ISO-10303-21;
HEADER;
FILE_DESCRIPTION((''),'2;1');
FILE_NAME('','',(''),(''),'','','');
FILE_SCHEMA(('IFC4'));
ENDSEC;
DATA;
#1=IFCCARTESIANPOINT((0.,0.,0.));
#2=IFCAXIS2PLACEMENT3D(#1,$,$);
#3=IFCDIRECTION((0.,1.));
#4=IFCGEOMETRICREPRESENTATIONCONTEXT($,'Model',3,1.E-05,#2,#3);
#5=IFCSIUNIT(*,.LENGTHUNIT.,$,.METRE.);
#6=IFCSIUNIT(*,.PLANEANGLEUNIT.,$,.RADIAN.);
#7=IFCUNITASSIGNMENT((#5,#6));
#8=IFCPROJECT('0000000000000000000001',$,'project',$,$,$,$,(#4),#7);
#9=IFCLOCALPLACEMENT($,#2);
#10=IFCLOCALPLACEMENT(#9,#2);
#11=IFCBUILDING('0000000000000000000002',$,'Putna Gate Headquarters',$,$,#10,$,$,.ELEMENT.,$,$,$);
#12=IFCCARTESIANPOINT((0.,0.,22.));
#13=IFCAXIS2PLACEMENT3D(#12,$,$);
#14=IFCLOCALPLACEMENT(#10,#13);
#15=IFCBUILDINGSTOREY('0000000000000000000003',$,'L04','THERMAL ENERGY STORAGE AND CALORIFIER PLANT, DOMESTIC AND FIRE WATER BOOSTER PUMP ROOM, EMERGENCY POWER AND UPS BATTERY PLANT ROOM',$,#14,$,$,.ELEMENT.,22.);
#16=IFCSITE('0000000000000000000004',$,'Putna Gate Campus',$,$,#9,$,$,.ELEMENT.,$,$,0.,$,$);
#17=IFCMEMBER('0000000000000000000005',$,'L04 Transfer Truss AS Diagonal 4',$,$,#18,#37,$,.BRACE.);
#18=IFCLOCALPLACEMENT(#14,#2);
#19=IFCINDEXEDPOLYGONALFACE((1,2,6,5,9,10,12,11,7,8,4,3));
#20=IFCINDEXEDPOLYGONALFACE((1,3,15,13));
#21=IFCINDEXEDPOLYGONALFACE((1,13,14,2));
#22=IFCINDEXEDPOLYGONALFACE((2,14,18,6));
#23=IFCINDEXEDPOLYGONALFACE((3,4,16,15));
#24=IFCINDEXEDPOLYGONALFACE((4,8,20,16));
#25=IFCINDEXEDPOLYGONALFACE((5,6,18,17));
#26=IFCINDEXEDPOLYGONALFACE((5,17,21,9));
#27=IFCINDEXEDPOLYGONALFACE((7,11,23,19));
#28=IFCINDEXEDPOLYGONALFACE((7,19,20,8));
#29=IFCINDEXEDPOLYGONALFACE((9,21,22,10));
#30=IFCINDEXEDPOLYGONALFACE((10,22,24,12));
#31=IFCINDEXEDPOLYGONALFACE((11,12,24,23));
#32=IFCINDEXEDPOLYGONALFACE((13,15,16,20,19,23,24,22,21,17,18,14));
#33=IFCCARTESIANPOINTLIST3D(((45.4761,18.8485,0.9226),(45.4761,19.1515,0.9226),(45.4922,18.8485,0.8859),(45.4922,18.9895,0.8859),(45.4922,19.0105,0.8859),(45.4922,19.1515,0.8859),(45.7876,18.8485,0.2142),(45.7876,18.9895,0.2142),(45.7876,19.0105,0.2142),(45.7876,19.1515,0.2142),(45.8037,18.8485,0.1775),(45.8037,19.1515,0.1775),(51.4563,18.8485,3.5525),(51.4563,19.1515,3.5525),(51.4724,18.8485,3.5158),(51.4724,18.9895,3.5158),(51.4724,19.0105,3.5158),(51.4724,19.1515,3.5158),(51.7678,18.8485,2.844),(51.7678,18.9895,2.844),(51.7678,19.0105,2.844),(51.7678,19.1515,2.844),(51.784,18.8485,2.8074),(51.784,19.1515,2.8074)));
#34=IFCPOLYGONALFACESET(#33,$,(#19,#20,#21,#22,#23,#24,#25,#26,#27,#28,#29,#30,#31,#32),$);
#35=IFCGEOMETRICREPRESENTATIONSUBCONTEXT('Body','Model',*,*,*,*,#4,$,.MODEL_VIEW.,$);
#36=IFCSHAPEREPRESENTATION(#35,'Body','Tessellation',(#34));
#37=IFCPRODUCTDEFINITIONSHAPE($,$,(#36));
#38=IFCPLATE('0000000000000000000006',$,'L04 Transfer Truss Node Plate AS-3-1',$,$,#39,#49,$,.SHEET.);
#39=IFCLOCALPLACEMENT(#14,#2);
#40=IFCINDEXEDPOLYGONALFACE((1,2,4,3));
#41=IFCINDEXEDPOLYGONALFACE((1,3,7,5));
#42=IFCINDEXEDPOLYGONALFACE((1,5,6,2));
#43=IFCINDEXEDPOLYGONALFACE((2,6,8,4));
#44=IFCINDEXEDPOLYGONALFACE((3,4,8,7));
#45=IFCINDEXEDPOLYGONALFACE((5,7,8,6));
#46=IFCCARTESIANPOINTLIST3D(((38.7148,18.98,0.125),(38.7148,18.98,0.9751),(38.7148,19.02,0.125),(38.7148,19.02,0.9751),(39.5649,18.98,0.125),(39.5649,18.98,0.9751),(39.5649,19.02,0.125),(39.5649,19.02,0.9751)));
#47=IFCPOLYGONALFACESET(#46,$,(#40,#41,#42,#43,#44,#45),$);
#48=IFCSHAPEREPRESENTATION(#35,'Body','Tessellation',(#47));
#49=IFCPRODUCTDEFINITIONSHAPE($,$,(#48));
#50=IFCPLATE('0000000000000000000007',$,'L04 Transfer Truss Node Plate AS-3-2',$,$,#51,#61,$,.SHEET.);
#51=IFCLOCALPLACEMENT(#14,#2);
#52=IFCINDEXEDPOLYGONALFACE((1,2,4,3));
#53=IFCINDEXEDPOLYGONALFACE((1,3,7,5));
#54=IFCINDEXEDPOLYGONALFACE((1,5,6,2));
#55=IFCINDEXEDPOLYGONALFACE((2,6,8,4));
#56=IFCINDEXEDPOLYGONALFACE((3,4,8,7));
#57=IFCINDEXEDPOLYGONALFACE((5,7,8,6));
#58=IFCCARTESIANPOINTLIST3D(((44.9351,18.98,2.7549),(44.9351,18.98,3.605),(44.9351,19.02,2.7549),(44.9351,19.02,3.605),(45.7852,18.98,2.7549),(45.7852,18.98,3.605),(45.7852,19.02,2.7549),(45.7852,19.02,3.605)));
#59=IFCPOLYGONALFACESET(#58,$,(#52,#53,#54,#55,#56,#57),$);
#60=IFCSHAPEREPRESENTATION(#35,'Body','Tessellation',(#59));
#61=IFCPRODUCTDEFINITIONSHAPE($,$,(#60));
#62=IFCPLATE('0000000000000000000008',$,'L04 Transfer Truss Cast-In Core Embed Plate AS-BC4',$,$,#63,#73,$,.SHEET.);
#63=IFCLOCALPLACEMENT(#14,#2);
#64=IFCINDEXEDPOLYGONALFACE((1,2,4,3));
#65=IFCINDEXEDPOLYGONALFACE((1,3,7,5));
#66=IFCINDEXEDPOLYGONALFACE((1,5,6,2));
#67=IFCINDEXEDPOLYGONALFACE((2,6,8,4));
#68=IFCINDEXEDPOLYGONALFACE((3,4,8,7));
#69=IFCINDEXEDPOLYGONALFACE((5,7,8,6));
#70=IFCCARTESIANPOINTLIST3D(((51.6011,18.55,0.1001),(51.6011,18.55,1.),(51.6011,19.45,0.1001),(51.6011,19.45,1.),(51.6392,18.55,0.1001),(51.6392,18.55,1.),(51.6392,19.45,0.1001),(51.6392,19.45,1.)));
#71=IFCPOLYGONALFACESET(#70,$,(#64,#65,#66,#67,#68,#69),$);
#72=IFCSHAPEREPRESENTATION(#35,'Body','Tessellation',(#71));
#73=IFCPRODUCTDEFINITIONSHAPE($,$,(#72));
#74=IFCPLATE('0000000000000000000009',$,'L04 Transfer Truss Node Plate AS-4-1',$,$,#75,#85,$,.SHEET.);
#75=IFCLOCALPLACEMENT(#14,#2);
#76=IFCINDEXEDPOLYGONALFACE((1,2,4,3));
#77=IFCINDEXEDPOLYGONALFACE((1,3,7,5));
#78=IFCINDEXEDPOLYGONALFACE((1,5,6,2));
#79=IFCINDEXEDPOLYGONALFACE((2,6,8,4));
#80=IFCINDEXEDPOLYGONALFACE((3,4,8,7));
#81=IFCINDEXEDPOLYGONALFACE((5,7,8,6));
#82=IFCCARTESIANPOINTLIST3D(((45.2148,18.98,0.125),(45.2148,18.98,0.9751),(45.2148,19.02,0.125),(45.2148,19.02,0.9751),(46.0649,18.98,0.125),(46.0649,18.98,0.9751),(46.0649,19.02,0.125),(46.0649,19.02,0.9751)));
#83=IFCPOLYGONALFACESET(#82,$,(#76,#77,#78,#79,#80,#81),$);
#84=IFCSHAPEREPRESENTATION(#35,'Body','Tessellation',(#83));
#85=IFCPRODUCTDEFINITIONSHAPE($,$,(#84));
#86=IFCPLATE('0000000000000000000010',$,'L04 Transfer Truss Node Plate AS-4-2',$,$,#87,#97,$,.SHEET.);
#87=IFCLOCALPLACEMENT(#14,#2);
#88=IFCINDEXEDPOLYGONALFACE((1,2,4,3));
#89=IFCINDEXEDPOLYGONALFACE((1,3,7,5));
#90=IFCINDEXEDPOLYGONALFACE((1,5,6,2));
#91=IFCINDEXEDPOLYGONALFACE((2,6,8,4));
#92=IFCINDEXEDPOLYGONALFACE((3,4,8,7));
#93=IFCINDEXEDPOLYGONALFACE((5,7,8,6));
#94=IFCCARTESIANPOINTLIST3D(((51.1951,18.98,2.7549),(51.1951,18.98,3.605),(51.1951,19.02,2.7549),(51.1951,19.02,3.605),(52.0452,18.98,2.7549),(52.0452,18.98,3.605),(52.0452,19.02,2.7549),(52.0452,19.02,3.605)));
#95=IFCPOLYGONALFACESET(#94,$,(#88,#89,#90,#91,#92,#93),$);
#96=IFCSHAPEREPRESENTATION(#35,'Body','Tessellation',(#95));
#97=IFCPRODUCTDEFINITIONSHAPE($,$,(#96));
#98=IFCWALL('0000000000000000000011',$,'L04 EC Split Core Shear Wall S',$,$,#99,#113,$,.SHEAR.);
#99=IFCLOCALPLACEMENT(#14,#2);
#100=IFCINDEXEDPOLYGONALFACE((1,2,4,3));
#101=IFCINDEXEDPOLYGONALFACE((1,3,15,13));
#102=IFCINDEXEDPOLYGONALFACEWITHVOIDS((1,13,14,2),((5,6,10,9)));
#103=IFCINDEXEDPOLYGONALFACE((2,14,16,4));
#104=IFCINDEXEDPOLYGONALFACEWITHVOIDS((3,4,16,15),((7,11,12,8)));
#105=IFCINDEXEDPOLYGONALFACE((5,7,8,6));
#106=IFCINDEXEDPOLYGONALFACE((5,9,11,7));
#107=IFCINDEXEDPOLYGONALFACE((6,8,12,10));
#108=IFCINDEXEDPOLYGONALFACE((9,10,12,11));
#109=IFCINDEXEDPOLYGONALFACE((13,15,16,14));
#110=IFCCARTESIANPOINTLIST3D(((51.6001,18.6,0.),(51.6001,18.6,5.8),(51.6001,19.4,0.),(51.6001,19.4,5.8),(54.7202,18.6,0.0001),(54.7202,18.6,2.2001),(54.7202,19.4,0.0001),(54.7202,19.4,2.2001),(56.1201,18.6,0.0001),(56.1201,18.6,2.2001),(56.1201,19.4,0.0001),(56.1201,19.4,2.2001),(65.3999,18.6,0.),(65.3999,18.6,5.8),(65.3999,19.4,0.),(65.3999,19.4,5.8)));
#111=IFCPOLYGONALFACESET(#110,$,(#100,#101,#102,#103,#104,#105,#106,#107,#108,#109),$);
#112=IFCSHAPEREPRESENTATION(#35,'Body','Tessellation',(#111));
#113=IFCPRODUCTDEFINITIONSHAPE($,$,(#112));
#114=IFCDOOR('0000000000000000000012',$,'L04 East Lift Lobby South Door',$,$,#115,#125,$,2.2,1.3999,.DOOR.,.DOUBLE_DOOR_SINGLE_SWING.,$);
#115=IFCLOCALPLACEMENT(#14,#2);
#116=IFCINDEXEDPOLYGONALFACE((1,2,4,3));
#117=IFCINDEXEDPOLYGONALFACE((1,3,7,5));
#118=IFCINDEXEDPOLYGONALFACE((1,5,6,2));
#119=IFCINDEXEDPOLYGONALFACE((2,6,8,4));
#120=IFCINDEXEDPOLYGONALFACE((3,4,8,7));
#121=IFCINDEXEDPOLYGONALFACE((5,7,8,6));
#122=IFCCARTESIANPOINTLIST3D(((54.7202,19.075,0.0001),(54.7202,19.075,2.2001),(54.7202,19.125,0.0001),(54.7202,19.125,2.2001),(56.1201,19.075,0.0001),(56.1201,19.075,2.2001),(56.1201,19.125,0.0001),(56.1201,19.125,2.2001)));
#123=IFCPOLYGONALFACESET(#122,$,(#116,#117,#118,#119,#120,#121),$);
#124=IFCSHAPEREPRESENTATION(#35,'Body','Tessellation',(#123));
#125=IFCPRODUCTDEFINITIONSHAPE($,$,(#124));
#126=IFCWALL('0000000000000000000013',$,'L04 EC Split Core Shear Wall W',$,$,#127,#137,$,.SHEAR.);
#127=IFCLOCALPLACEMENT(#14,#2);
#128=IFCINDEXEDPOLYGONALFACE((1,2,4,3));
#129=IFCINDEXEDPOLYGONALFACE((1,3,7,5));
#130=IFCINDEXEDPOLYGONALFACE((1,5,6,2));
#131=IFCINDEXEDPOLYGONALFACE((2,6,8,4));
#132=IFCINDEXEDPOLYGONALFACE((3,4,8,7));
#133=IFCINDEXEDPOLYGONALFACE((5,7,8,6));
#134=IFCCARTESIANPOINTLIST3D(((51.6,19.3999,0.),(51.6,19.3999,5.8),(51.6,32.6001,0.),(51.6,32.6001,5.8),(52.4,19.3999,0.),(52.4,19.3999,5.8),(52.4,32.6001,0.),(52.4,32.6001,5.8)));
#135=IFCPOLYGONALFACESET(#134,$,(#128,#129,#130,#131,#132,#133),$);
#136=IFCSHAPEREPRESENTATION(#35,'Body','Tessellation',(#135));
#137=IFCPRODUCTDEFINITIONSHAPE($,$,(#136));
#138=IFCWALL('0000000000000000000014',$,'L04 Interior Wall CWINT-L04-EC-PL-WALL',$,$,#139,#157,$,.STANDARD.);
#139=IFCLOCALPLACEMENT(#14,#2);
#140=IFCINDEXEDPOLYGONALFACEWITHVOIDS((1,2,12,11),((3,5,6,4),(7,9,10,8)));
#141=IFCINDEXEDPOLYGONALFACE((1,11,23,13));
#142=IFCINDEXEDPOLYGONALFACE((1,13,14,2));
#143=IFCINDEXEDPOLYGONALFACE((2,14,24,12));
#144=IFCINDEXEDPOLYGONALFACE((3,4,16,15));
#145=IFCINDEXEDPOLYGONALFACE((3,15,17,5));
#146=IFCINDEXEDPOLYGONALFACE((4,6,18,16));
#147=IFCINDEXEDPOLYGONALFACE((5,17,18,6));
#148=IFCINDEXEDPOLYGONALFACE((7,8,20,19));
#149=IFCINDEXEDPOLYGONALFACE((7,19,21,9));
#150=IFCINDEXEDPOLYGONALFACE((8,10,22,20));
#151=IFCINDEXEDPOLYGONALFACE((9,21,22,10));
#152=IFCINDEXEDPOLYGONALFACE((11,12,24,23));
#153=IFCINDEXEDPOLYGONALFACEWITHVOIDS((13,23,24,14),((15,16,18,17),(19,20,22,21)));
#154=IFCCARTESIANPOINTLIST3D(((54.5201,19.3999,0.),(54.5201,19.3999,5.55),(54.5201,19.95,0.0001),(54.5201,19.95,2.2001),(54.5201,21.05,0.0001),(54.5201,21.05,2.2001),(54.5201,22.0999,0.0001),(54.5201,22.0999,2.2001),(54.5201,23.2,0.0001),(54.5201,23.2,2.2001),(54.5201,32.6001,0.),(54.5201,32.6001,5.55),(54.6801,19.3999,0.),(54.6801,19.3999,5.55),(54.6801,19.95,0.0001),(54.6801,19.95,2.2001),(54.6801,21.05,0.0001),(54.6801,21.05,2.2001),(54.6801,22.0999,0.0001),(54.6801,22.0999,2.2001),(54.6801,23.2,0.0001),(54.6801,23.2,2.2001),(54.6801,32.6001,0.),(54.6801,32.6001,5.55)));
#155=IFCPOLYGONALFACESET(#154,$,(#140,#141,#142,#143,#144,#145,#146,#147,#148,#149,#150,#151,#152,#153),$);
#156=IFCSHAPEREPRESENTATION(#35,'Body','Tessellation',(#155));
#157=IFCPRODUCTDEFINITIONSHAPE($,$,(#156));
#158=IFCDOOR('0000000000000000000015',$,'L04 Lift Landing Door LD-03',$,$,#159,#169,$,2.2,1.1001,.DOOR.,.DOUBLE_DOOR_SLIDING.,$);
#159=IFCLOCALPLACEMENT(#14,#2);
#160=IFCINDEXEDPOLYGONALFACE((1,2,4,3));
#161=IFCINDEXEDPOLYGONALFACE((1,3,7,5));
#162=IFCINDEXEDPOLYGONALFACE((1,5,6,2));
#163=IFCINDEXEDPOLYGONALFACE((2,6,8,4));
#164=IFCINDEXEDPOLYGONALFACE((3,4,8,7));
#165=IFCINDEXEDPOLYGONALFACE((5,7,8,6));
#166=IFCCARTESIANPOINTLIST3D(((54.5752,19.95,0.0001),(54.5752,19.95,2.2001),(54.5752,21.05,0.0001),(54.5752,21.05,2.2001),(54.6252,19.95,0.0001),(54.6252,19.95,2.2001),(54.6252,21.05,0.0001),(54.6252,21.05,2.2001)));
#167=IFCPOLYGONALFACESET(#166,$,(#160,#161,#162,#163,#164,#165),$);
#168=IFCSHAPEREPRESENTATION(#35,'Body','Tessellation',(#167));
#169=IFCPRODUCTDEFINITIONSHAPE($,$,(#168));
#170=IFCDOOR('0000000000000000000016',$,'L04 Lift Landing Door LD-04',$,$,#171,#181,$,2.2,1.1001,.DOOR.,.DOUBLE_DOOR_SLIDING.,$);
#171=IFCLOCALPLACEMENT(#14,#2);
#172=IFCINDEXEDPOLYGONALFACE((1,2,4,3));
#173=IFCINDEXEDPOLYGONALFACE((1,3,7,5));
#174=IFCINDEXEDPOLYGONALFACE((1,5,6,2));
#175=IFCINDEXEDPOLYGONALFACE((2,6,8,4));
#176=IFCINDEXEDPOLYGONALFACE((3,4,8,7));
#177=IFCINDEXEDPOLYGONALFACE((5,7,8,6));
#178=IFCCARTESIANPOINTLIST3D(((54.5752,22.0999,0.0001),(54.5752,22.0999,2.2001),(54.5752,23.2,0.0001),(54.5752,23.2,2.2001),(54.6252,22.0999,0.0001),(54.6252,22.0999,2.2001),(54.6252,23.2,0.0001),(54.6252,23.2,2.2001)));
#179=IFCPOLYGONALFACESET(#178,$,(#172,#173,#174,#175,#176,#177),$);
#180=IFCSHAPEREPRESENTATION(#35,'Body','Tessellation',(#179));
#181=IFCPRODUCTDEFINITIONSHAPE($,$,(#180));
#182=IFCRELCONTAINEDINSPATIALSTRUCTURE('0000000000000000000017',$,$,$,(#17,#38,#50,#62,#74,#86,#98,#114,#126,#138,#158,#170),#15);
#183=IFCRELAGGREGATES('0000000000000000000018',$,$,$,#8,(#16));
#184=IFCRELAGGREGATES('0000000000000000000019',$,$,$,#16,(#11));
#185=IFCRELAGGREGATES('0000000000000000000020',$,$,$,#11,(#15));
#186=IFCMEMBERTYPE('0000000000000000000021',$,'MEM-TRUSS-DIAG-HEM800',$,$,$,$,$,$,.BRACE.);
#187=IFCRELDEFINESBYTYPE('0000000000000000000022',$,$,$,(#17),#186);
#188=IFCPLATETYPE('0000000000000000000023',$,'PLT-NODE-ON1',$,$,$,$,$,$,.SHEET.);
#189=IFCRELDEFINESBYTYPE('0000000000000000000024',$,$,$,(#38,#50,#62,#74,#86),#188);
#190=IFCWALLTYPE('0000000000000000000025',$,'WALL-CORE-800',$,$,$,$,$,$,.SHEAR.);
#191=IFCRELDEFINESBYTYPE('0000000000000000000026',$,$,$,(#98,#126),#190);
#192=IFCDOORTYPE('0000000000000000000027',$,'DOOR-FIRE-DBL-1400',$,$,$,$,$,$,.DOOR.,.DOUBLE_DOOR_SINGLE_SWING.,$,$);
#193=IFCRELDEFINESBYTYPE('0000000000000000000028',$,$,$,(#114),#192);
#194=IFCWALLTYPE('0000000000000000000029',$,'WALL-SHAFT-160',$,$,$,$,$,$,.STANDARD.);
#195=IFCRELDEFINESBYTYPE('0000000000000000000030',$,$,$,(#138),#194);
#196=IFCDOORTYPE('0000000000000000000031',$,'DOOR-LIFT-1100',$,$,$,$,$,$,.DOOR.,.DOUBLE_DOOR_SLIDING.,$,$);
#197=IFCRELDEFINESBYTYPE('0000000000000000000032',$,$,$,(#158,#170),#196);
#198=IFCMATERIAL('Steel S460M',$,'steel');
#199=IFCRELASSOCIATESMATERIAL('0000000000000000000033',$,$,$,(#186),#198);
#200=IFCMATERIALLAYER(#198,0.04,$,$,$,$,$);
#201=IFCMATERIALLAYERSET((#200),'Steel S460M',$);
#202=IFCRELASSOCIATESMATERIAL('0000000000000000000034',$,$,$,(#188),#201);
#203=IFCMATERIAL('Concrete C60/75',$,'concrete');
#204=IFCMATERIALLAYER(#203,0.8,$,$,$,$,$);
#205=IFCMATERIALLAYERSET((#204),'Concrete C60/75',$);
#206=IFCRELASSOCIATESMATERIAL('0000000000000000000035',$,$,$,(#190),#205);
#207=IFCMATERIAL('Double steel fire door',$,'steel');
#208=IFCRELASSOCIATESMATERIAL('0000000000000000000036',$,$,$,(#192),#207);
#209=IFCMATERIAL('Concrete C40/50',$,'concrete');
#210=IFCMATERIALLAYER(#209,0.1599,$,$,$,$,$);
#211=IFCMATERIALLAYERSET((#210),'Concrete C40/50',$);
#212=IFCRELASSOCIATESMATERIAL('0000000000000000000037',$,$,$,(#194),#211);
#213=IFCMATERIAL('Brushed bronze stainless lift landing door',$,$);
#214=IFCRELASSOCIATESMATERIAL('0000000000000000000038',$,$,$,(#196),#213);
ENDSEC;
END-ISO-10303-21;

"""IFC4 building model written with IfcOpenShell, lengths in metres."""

from ifc_helpers import new_model, si_unit, direction, frame, frame_2d, origin, origin_2d, place, context, subcontext, project, spatial, rectangle, i_section, extrude, material, layer, layer_set, material_profile, profile_set, type_object, element, fill, save


model = new_model("IFC4")

# Units and contexts
model_context = context("Model", 3, precision=1e-05, world=origin(), true_north=direction((0.0, 1.0)))
body_context = subcontext(model_context, "Body", "Model", "MODEL_VIEW")
ifc_project = project(units=[si_unit("LENGTHUNIT", "METRE"), si_unit("PLANEANGLEUNIT", "RADIAN")], contexts=[model_context])

# Site, building, storey
site_placement = place(None, origin())
site = spatial("IfcSite", under=ifc_project, at=site_placement, Name="Putna Gate Campus", CompositionType="ELEMENT", RefElevation=0.0)
building_placement = place(site_placement, origin())
building = spatial("IfcBuilding", under=site, at=building_placement, Name="Putna Gate Headquarters", CompositionType="ELEMENT")
storey_placement = place(building_placement, frame((0.0, 0.0, 22.0)))
storey = spatial("IfcBuildingStorey", under=building, at=storey_placement, Name="L04", Description="THERMAL ENERGY STORAGE AND CALORIFIER PLANT, DOMESTIC AND FIRE WATER BOOSTER PUMP ROOM, EMERGENCY POWER AND UPS BATTERY PLANT ROOM", CompositionType="ELEMENT", Elevation=22.0)

# Shared definitions
ifc_material_1 = material(Name="Concrete C60/75", Category="concrete")
ifc_material_2 = material(Name="Steel S460M", Category="steel")

# Member
ifc_material_profile_1 = material_profile(ifc_material_2, i_section(OverallWidth=0.303, OverallDepth=0.814, WebThickness=0.021, FlangeThickness=0.04, at=origin_2d()), Name="Steel S460M")
ifc_profile_set_1 = profile_set([ifc_material_profile_1], Name="Steel S460M")
member_type = type_object("IfcMemberType", Name="MEM-TRUSS-DIAG-HEM800", PredefinedType="BRACE", material=ifc_profile_set_1)
member_1_placement = place(storey_placement, frame((45.6399, 19.0, 0.55), z_axis=(0.915395, 0.0, 0.402557), x_axis=(0.0, 1.0, 0.0)))
element("IfcMember", 1, at=member_1_placement, inside=storey, type_object=member_type, Name="L04 Transfer Truss AS Diagonal 4", PredefinedType="BRACE", context=body_context, shape_type="SweptSolid", body=[
    extrude(i_section(OverallWidth=0.303, OverallDepth=0.814, WebThickness=0.021, FlangeThickness=0.04, at=origin_2d()), origin(), (0.0, 0.0, 1.0), 6.533),
])

# Plates
ifc_layer_1 = layer(ifc_material_2, 0.04)
ifc_layer_set_1 = layer_set([ifc_layer_1], Name="Steel S460M")
plate_type = type_object("IfcPlateType", Name="PLT-NODE-ON1", PredefinedType="SHEET", material=ifc_layer_set_1)
for number, where, z_axis, x_axis, name in (
    (2, (39.1399, 19.0, 0.125), (0.0, 0.0, 1.0), (1.0, 0.0, 0.0), "L04 Transfer Truss Node Plate AS-3-1"),
    (3, (45.3601, 19.0, 2.7549), (0.0, 0.0, 1.0), (1.0, 0.0, 0.0), "L04 Transfer Truss Node Plate AS-3-2"),
):
    element("IfcPlate", number, at=place(storey_placement, frame(where, z_axis=z_axis, x_axis=x_axis)), inside=storey, type_object=plate_type, Name=name, PredefinedType="SHEET", context=body_context, shape_type="SweptSolid", body=[
        extrude(rectangle(XDim=0.8501, YDim=0.04, at=origin_2d()), origin(), (0.0, 0.0, 1.0), 0.8501),
    ])
plate_placement = place(storey_placement, frame((51.6201, 19.0, 0.1001), z_axis=(0.0, 0.0, 1.0), x_axis=(1.0, 0.0, 0.0)))
element("IfcPlate", 4, at=plate_placement, inside=storey, type_object=plate_type, Name="L04 Transfer Truss Cast-In Core Embed Plate AS-BC4", PredefinedType="SHEET", context=body_context, shape_type="SweptSolid", body=[
    extrude(rectangle(XDim=0.0381, YDim=0.8999, at=origin_2d()), origin(), (0.0, 0.0, 1.0), 0.8999),
])
for number, where, z_axis, x_axis, name in (
    (5, (45.6399, 19.0, 0.125), (0.0, 0.0, 1.0), (1.0, 0.0, 0.0), "L04 Transfer Truss Node Plate AS-4-1"),
    (6, (51.6201, 19.0, 2.7549), (0.0, 0.0, 1.0), (1.0, 0.0, 0.0), "L04 Transfer Truss Node Plate AS-4-2"),
):
    element("IfcPlate", number, at=place(storey_placement, frame(where, z_axis=z_axis, x_axis=x_axis)), inside=storey, type_object=plate_type, Name=name, PredefinedType="SHEET", context=body_context, shape_type="SweptSolid", body=[
        extrude(rectangle(XDim=0.8501, YDim=0.04, at=origin_2d()), origin(), (0.0, 0.0, 1.0), 0.8501),
    ])

# Wall, opening, door
ifc_layer_2 = layer(ifc_material_1, 0.8)
ifc_layer_set_2 = layer_set([ifc_layer_2], Name="Concrete C60/75")
wall_type_1 = type_object("IfcWallType", Name="WALL-CORE-800", PredefinedType="SHEAR", material=ifc_layer_set_2)
wall_1_placement = place(storey_placement, frame((51.6001, 19.0, 0.0), z_axis=(0.0, 0.0, 1.0), x_axis=(1.0, 0.0, 0.0)))
wall_1 = element("IfcWall", 7, at=wall_1_placement, inside=storey, type_object=wall_type_1, Name="L04 EC Split Core Shear Wall S", PredefinedType="SHEAR", context=body_context, shape_type="SweptSolid", body=[
    extrude(rectangle(XDim=13.7998, YDim=0.8, at=frame_2d((6.8999, 0.0))), origin(), (0.0, 0.0, 1.0), 5.8),
])
opening_1_placement = place(wall_1_placement, frame((3.1201, 0.0, 0.0)))
opening_1 = element("IfcOpeningElement", 8, at=opening_1_placement, cuts=wall_1, PredefinedType="OPENING", context=body_context, shape_type="SweptSolid", body=[
    extrude(rectangle(XDim=1.3999, YDim=2.2, at=frame_2d((0.7, 1.1001))), frame((0.0, 0.4099, 0.0), z_axis=(0.0, -1.0, 0.0), x_axis=(1.0, 0.0, 0.0)), (0.0, 0.0, 1.0), 0.8201),
])
ifc_material_3 = material(Name="Double steel fire door", Category="steel")
door_type_1 = type_object("IfcDoorType", Name="DOOR-FIRE-DBL-1400", OperationType="DOUBLE_DOOR_SINGLE_SWING", PredefinedType="DOOR", material=ifc_material_3)
door_1_placement = place(opening_1_placement, origin())
door_1 = element("IfcDoor", 9, at=door_1_placement, inside=storey, type_object=door_type_1, Name="L04 East Lift Lobby South Door", OperationType="DOUBLE_DOOR_SINGLE_SWING", OverallHeight=2.2, OverallWidth=1.3999, PredefinedType="DOOR", context=body_context, shape_type="SweptSolid", body=[
    extrude(rectangle(XDim=1.3999, YDim=2.2, at=frame_2d((0.7, 1.1001))), frame((0.0, 0.125, 0.0), z_axis=(0.0, -1.0, 0.0), x_axis=(1.0, 0.0, 0.0)), (0.0, 0.0, 1.0), 0.05),
])
fill(opening_1, door_1)

# Wall
wall_2_placement = place(storey_placement, frame((52.0, 19.3999, 0.0), z_axis=(0.0, 0.0, 1.0), x_axis=(0.0, 1.0, 0.0)))
element("IfcWall", 10, at=wall_2_placement, inside=storey, type_object=wall_type_1, Name="L04 EC Split Core Shear Wall W", PredefinedType="SHEAR", context=body_context, shape_type="SweptSolid", body=[
    extrude(rectangle(XDim=13.2002, YDim=0.8, at=frame_2d((6.6001, 0.0))), origin(), (0.0, 0.0, 1.0), 5.8),
])

# Wall, openings, doors
ifc_material_4 = material(Name="Concrete C40/50", Category="concrete")
ifc_layer_3 = layer(ifc_material_4, 0.1599)
ifc_layer_set_3 = layer_set([ifc_layer_3], Name="Concrete C40/50")
wall_type_2 = type_object("IfcWallType", Name="WALL-SHAFT-160", PredefinedType="STANDARD", material=ifc_layer_set_3)
wall_3_placement = place(storey_placement, frame((54.6001, 19.3999, 0.0), z_axis=(0.0, 0.0, 1.0), x_axis=(0.0, 1.0, 0.0)))
wall_3 = element("IfcWall", 11, at=wall_3_placement, inside=storey, type_object=wall_type_2, Name="L04 Interior Wall CWINT-L04-EC-PL-WALL", PredefinedType="STANDARD", context=body_context, shape_type="SweptSolid", body=[
    extrude(rectangle(XDim=13.2002, YDim=0.1599, at=frame_2d((6.6001, 0.0))), origin(), (0.0, 0.0, 1.0), 5.55),
])
opening_2_placement = place(wall_3_placement, frame((0.55, 0.0, 0.0)))
opening_2 = element("IfcOpeningElement", 12, at=opening_2_placement, cuts=wall_3, PredefinedType="OPENING", context=body_context, shape_type="SweptSolid", body=[
    extrude(rectangle(XDim=1.1001, YDim=2.2, at=frame_2d((0.55, 1.1001))), frame((0.0, 0.0898, 0.0), z_axis=(0.0, -1.0, 0.0), x_axis=(1.0, 0.0, 0.0)), (0.0, 0.0, 1.0), 0.1799),
])
opening_3_placement = place(wall_3_placement, frame((2.7, 0.0, 0.0)))
opening_3 = element("IfcOpeningElement", 13, at=opening_3_placement, cuts=wall_3, PredefinedType="OPENING", context=body_context, shape_type="SweptSolid", body=[
    extrude(rectangle(XDim=1.1001, YDim=2.2, at=frame_2d((0.55, 1.1001))), frame((0.0, 0.0898, 0.0), z_axis=(0.0, -1.0, 0.0), x_axis=(1.0, 0.0, 0.0)), (0.0, 0.0, 1.0), 0.1799),
])
ifc_material_5 = material(Name="Brushed bronze stainless lift landing door")
door_type_2 = type_object("IfcDoorType", Name="DOOR-LIFT-1100", OperationType="DOUBLE_DOOR_SLIDING", PredefinedType="DOOR", material=ifc_material_5)
door_2_placement = place(opening_2_placement, origin())
door_2 = element("IfcDoor", 14, at=door_2_placement, inside=storey, type_object=door_type_2, Name="L04 Lift Landing Door LD-03", OperationType="DOUBLE_DOOR_SLIDING", OverallHeight=2.2, OverallWidth=1.1001, PredefinedType="DOOR", context=body_context, shape_type="SweptSolid", body=[
    extrude(rectangle(XDim=1.1001, YDim=2.2, at=frame_2d((0.55, 1.1001))), frame((0.0, 0.0249, 0.0), z_axis=(0.0, -1.0, 0.0), x_axis=(1.0, 0.0, 0.0)), (0.0, 0.0, 1.0), 0.05),
])
fill(opening_2, door_2)
door_3_placement = place(opening_3_placement, origin())
door_3 = element("IfcDoor", 15, at=door_3_placement, inside=storey, type_object=door_type_2, Name="L04 Lift Landing Door LD-04", OperationType="DOUBLE_DOOR_SLIDING", OverallHeight=2.2, OverallWidth=1.1001, PredefinedType="DOOR", context=body_context, shape_type="SweptSolid", body=[
    extrude(rectangle(XDim=1.1001, YDim=2.2, at=frame_2d((0.55, 1.1001))), frame((0.0, 0.0249, 0.0), z_axis=(0.0, -1.0, 0.0), x_axis=(1.0, 0.0, 0.0)), (0.0, 0.0, 1.0), 0.05),
])
fill(opening_3, door_3)

save(model, "model.ifc")
